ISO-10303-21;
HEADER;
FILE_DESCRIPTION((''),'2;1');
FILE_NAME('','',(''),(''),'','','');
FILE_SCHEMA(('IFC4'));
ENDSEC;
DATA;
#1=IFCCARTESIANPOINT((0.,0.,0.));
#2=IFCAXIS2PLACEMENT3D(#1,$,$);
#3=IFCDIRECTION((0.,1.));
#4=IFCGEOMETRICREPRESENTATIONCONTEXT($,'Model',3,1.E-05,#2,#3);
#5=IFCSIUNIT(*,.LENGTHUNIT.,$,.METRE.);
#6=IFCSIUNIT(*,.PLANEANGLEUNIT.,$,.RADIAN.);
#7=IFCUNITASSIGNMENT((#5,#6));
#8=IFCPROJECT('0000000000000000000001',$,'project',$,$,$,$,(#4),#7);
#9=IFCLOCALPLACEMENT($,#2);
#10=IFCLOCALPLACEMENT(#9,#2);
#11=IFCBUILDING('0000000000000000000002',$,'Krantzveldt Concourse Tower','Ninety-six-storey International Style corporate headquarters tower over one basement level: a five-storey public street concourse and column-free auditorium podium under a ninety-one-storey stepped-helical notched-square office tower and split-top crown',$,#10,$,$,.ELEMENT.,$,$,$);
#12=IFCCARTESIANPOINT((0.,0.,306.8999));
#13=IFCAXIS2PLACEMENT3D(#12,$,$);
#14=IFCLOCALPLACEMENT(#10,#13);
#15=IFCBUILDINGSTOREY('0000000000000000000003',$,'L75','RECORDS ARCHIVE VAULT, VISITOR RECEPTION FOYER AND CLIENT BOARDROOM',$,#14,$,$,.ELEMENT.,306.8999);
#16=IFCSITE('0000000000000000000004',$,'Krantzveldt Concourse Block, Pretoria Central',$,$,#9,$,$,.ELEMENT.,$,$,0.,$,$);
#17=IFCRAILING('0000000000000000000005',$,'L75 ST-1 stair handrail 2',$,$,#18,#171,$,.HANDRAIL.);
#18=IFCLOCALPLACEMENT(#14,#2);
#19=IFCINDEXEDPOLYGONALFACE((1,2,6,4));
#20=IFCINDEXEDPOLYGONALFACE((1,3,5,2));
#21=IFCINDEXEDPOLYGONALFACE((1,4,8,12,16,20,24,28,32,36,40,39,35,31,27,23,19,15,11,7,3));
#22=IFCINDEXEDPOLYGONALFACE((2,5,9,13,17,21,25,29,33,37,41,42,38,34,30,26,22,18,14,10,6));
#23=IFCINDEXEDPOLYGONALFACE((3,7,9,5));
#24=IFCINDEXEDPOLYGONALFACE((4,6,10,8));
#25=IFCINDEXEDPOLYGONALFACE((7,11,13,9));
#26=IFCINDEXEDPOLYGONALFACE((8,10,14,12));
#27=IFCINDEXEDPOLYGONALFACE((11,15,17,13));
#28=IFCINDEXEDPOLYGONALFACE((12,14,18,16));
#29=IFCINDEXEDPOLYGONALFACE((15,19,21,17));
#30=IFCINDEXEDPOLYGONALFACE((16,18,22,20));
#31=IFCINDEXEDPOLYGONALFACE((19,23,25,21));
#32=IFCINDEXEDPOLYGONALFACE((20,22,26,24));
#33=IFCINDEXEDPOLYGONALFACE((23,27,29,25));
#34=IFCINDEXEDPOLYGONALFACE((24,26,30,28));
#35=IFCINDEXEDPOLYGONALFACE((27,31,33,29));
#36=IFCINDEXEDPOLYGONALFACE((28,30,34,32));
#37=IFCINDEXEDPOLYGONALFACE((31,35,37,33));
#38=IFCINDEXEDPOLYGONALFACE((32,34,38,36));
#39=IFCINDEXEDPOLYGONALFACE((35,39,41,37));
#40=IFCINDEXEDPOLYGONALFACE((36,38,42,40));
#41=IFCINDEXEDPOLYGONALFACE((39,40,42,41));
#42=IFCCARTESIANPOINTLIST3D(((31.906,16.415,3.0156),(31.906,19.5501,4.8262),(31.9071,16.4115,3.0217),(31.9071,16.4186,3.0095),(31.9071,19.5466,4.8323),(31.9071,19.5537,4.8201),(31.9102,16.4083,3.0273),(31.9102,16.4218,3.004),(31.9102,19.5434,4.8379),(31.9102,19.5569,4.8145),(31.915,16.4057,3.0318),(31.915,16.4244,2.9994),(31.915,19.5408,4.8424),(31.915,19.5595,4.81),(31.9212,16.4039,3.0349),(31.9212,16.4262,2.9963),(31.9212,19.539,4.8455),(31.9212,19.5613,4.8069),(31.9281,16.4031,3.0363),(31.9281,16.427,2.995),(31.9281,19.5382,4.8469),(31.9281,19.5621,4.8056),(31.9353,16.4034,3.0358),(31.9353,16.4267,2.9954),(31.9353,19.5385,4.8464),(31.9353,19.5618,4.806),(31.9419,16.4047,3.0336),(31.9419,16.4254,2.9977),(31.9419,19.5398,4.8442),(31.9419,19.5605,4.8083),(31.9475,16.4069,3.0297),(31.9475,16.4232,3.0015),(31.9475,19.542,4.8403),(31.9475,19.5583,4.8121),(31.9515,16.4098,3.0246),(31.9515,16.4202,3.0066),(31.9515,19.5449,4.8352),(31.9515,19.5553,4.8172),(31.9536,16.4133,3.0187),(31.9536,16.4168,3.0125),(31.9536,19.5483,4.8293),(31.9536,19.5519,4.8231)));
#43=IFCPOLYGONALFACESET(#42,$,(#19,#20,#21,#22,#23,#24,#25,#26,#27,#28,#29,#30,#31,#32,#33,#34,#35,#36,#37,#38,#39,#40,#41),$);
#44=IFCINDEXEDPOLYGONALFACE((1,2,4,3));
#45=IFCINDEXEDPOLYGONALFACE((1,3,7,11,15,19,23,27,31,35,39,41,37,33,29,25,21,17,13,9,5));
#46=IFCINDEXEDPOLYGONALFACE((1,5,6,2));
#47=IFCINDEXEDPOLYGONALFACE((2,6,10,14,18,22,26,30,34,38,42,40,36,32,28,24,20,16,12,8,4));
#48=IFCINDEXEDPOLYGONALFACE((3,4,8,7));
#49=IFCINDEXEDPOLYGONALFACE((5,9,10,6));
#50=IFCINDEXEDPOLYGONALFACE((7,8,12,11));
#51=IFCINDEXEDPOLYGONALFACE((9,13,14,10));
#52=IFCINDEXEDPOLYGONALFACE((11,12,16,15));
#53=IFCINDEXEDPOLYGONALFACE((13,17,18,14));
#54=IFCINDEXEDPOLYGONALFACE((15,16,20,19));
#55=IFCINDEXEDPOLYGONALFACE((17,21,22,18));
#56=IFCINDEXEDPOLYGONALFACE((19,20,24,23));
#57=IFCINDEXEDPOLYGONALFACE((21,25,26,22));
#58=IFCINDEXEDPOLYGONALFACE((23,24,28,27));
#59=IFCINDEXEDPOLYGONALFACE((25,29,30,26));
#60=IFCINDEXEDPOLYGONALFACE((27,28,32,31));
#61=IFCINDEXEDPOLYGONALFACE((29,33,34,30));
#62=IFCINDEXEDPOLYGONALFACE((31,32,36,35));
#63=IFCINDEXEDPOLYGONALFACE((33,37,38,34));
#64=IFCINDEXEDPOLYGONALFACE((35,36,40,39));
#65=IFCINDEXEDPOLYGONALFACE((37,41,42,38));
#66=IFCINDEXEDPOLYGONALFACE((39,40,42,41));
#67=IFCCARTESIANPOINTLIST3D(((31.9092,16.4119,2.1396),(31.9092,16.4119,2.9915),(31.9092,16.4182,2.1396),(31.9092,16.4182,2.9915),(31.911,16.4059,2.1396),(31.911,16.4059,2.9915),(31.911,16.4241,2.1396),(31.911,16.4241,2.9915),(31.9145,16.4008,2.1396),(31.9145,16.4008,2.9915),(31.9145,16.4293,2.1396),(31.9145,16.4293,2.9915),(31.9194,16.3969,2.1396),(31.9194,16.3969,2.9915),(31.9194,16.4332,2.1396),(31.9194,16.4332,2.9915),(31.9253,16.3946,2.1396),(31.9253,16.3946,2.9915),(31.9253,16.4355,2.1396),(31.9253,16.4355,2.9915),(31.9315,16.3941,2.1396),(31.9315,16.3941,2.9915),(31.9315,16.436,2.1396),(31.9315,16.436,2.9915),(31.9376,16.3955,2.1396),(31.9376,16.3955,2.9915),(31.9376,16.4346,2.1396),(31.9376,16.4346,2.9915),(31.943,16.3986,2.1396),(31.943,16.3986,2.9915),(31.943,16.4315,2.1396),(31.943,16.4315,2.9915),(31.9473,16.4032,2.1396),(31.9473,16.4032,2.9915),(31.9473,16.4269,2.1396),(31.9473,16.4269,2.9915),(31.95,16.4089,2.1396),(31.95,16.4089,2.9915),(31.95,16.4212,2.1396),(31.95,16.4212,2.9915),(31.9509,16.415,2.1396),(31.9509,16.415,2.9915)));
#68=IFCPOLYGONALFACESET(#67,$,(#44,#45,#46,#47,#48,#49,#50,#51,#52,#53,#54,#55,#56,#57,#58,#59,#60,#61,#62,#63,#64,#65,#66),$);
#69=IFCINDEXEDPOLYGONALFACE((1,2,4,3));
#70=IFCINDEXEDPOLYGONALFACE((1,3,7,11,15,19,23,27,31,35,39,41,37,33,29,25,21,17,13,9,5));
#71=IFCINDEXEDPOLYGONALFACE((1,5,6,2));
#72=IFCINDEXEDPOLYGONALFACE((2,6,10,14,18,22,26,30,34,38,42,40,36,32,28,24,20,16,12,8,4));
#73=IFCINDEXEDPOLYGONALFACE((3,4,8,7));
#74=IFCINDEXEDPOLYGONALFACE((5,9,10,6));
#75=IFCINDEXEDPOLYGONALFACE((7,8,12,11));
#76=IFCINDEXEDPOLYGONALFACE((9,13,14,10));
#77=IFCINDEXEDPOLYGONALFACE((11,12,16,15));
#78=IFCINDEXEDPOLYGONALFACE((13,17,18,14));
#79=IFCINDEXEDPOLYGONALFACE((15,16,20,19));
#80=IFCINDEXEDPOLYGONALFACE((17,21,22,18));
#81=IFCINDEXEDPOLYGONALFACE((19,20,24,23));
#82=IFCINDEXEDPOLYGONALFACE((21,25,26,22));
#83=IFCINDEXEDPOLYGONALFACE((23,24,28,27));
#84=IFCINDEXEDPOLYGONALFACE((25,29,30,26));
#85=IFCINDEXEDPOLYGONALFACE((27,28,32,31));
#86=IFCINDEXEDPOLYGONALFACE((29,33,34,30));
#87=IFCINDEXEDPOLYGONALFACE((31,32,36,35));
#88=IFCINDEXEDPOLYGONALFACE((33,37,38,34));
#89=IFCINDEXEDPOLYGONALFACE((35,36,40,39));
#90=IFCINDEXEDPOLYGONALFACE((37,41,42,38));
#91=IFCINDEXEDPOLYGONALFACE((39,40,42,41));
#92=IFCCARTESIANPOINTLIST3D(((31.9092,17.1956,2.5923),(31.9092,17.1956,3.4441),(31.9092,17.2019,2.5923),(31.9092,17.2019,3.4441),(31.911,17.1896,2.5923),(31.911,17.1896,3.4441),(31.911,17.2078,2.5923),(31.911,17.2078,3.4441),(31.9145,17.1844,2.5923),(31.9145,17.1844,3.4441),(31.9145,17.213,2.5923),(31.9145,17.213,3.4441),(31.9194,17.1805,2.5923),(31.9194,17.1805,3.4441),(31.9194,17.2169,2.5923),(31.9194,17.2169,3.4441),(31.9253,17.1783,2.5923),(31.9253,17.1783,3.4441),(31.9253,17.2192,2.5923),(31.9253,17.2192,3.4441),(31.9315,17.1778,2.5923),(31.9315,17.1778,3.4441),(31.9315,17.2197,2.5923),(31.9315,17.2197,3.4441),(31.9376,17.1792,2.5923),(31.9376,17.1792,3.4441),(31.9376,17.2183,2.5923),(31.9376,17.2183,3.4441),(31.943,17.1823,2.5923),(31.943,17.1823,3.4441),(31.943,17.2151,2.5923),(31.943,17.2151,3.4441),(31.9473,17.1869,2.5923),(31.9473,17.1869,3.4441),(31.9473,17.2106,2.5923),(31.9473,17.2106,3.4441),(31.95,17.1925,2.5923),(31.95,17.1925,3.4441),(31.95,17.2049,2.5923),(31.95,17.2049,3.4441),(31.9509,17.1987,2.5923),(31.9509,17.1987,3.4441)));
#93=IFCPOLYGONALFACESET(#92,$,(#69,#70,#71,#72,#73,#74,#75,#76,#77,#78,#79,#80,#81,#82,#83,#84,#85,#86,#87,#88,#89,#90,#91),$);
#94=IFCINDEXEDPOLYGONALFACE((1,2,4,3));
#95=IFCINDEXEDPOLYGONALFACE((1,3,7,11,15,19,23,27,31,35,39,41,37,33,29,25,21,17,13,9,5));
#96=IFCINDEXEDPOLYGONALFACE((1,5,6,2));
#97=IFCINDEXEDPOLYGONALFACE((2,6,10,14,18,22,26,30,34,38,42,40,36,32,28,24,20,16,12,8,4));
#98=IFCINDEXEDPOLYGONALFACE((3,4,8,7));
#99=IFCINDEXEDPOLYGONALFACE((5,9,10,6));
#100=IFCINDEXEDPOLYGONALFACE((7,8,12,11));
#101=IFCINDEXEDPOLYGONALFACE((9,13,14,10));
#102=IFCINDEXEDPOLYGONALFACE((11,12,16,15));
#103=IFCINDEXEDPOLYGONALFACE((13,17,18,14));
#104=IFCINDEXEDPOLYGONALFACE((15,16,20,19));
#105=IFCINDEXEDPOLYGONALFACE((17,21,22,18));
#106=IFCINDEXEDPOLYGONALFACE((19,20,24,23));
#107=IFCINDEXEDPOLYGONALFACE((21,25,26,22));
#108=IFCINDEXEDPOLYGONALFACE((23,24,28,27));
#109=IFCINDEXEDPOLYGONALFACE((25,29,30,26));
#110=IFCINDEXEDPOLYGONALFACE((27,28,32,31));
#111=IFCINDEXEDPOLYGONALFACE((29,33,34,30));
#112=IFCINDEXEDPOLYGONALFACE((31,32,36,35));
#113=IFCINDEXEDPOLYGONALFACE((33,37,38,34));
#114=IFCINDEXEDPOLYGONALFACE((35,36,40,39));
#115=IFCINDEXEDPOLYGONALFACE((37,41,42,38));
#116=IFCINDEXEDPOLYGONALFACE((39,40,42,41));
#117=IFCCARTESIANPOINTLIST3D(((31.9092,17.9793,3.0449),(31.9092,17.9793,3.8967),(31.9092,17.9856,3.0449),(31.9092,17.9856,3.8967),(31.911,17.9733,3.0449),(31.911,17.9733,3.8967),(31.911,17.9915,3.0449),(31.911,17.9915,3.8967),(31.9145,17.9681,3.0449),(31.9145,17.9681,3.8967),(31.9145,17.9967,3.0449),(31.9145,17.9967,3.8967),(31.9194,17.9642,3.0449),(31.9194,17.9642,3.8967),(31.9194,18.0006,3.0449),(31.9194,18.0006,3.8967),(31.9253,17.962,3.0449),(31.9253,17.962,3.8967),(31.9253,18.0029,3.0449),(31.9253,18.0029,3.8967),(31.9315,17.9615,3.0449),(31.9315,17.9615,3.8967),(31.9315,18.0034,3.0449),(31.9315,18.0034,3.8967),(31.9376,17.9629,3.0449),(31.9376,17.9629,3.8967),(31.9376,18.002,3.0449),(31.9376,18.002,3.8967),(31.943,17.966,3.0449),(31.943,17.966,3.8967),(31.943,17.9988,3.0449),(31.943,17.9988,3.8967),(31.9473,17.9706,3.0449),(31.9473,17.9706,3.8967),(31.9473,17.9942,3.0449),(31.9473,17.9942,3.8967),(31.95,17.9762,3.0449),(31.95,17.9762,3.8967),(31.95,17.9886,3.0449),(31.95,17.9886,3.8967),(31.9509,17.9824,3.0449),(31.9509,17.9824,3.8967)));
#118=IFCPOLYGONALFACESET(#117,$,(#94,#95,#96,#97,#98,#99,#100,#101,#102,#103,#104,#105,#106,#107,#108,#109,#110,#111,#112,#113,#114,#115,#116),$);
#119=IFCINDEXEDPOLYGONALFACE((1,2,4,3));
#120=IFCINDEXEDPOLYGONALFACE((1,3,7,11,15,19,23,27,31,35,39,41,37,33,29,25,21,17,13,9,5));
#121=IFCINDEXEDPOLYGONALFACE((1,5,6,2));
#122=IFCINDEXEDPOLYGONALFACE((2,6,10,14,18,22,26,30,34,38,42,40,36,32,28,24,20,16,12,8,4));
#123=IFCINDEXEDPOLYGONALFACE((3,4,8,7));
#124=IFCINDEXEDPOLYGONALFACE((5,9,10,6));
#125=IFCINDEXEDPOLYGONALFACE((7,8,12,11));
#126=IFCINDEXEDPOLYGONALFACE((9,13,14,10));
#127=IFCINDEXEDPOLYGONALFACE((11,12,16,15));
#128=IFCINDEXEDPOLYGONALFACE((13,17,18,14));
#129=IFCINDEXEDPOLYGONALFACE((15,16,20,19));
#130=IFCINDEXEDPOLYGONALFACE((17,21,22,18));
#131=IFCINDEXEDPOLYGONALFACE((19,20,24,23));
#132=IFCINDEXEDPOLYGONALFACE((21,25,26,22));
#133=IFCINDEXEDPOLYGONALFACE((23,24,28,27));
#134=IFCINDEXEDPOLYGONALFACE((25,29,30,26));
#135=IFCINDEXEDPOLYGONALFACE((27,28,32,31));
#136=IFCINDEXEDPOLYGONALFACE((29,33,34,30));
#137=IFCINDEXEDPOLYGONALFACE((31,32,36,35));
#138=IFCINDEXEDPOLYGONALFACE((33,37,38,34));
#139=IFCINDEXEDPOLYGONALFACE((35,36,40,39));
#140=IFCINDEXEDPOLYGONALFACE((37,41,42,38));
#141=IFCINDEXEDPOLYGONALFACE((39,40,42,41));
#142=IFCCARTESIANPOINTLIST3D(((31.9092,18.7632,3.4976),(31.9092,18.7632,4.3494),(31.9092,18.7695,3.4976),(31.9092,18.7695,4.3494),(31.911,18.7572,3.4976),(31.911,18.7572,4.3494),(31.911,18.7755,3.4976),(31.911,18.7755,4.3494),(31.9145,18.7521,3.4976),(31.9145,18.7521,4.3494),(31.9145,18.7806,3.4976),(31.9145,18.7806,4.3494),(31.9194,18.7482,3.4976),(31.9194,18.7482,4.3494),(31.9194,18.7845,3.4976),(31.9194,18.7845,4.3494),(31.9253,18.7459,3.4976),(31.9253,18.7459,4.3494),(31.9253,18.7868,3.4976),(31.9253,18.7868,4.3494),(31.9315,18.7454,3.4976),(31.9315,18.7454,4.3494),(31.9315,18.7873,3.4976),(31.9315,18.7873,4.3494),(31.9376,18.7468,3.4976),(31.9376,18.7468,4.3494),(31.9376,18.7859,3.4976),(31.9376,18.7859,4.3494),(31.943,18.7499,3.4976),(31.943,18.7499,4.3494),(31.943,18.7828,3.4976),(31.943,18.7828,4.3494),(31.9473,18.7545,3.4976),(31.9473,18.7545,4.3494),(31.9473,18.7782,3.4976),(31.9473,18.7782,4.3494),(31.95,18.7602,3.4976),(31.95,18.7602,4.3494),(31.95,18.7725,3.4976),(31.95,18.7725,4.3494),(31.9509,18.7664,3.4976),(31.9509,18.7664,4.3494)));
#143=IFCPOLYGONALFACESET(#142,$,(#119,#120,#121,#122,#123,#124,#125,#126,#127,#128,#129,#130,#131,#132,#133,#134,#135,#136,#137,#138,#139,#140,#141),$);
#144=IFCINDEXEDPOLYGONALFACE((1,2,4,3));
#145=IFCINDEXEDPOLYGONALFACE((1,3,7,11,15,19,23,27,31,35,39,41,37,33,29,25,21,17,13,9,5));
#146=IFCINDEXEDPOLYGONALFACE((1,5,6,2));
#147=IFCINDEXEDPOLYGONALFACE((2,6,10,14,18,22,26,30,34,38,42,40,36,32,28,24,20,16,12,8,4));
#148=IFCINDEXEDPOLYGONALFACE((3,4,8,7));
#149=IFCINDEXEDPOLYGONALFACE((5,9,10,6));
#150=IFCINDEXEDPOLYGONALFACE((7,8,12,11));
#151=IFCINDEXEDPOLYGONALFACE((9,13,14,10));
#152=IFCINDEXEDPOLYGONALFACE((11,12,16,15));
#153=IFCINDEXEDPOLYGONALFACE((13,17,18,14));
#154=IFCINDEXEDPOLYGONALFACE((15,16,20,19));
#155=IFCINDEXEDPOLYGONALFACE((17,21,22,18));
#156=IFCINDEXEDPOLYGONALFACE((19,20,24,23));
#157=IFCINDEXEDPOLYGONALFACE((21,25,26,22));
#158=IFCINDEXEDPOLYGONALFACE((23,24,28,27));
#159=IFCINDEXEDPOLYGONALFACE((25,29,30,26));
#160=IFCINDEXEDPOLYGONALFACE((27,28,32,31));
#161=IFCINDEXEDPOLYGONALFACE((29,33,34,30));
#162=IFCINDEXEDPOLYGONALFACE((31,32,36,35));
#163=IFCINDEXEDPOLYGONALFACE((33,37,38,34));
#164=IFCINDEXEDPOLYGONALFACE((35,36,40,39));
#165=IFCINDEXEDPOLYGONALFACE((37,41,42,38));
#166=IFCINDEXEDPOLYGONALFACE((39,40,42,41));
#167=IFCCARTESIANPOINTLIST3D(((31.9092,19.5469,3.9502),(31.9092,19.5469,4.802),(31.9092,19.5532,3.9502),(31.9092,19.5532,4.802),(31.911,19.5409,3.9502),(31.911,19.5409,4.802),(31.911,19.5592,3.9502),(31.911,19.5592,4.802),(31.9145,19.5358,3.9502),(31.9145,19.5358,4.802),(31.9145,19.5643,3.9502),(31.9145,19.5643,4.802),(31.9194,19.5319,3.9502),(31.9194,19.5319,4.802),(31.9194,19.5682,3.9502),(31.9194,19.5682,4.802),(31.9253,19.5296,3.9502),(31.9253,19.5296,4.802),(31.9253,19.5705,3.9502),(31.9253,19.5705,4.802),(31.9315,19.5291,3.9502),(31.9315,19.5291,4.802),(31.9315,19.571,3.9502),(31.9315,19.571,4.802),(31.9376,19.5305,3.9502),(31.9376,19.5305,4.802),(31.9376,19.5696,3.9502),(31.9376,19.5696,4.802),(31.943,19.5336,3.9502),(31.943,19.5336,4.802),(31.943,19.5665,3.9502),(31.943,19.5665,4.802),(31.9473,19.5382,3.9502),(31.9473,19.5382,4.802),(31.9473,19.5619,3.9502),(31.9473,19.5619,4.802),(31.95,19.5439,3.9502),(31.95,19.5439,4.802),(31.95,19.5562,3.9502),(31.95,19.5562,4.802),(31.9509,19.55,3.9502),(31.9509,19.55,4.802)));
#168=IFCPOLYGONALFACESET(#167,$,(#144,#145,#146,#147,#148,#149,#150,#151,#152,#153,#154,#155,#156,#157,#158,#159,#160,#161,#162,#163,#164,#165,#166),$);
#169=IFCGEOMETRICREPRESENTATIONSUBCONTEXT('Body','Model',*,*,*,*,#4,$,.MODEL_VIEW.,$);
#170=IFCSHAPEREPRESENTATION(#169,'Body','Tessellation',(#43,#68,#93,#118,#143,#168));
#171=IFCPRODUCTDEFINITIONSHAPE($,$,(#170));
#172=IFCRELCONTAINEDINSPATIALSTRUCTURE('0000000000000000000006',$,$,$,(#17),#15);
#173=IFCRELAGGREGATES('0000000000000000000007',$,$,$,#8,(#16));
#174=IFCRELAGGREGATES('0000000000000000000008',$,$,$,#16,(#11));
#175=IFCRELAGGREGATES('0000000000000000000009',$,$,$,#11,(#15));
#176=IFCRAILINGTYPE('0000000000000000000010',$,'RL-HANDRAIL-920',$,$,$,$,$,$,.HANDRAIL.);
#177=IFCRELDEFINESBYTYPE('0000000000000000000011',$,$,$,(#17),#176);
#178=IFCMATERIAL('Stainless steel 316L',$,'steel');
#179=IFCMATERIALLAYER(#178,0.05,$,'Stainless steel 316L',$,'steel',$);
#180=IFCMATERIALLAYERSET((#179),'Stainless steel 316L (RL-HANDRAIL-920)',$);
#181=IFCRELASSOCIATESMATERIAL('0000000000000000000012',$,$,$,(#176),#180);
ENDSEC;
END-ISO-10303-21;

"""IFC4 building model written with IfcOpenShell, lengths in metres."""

from ifc_helpers import new_model, si_unit, direction, frame, origin, origin_2d, place, context, subcontext, project, spatial, circle, extrude, material, layer, layer_set, type_object, element, save


model = new_model("IFC4")

# Units and contexts
model_context = context("Model", 3, precision=1e-05, world=origin(), true_north=direction((0.0, 1.0)))
body_context = subcontext(model_context, "Body", "Model", "MODEL_VIEW")
ifc_project = project(units=[si_unit("LENGTHUNIT", "METRE"), si_unit("PLANEANGLEUNIT", "RADIAN")], contexts=[model_context])

# Site, building, storey
site_placement = place(None, origin())
site = spatial("IfcSite", under=ifc_project, at=site_placement, Name="Krantzveldt Concourse Block, Pretoria Central", CompositionType="ELEMENT", RefElevation=0.0)
building_placement = place(site_placement, origin())
building = spatial("IfcBuilding", under=site, at=building_placement, Name="Krantzveldt Concourse Tower", Description="Ninety-six-storey International Style corporate headquarters tower over one basement level: a five-storey public street concourse and column-free auditorium podium under a ninety-one-storey stepped-helical notched-square office tower and split-top crown", CompositionType="ELEMENT")
storey_placement = place(building_placement, frame((0.0, 0.0, 306.8999)))
storey = spatial("IfcBuildingStorey", under=building, at=storey_placement, Name="L75", Description="RECORDS ARCHIVE VAULT, VISITOR RECEPTION FOYER AND CLIENT BOARDROOM", CompositionType="ELEMENT", Elevation=306.8999)

# Railing
ifc_material_1 = material(Name="Stainless steel 316L", Category="steel")
ifc_layer_1 = layer(ifc_material_1, 0.05, Name="Stainless steel 316L", Category="steel")
ifc_layer_set_1 = layer_set([ifc_layer_1], Name="Stainless steel 316L (RL-HANDRAIL-920)")
railing_type_1 = type_object("IfcRailingType", Name="RL-HANDRAIL-920", PredefinedType="HANDRAIL", material=ifc_layer_set_1)
railing_1_placement = place(storey_placement, frame((31.9299, 16.415, 2.1396)))
element("IfcRailing", 1, at=railing_1_placement, inside=storey, type_object=railing_type_1, Name="L75 ST-1 stair handrail 2", PredefinedType="HANDRAIL", context=body_context, shape_type="SweptSolid", body=[
    extrude(circle(Radius=0.0239, at=origin_2d()), frame((0.0, 0.0, 0.876), z_axis=(0.0, 0.86596, 0.500114), x_axis=(-1.0, 0.0, 0.0)), (0.0, 0.0, 1.0), 3.6204),
    extrude(circle(Radius=0.021, at=origin_2d()), origin(), (0.0, 0.0, 1.0), 0.8518),
    extrude(circle(Radius=0.021, at=origin_2d()), frame((0.0, 0.7837, 0.4526)), (0.0, 0.0, 1.0), 0.8518),
    extrude(circle(Radius=0.021, at=origin_2d()), frame((0.0, 1.5674, 0.9053)), (0.0, 0.0, 1.0), 0.8518),
    extrude(circle(Radius=0.021, at=origin_2d()), frame((0.0, 2.3513, 1.3579)), (0.0, 0.0, 1.0), 0.8518),
    extrude(circle(Radius=0.021, at=origin_2d()), frame((0.0, 3.135, 1.8105)), (0.0, 0.0, 1.0), 0.8518),
])

save(model, "model.ifc")
